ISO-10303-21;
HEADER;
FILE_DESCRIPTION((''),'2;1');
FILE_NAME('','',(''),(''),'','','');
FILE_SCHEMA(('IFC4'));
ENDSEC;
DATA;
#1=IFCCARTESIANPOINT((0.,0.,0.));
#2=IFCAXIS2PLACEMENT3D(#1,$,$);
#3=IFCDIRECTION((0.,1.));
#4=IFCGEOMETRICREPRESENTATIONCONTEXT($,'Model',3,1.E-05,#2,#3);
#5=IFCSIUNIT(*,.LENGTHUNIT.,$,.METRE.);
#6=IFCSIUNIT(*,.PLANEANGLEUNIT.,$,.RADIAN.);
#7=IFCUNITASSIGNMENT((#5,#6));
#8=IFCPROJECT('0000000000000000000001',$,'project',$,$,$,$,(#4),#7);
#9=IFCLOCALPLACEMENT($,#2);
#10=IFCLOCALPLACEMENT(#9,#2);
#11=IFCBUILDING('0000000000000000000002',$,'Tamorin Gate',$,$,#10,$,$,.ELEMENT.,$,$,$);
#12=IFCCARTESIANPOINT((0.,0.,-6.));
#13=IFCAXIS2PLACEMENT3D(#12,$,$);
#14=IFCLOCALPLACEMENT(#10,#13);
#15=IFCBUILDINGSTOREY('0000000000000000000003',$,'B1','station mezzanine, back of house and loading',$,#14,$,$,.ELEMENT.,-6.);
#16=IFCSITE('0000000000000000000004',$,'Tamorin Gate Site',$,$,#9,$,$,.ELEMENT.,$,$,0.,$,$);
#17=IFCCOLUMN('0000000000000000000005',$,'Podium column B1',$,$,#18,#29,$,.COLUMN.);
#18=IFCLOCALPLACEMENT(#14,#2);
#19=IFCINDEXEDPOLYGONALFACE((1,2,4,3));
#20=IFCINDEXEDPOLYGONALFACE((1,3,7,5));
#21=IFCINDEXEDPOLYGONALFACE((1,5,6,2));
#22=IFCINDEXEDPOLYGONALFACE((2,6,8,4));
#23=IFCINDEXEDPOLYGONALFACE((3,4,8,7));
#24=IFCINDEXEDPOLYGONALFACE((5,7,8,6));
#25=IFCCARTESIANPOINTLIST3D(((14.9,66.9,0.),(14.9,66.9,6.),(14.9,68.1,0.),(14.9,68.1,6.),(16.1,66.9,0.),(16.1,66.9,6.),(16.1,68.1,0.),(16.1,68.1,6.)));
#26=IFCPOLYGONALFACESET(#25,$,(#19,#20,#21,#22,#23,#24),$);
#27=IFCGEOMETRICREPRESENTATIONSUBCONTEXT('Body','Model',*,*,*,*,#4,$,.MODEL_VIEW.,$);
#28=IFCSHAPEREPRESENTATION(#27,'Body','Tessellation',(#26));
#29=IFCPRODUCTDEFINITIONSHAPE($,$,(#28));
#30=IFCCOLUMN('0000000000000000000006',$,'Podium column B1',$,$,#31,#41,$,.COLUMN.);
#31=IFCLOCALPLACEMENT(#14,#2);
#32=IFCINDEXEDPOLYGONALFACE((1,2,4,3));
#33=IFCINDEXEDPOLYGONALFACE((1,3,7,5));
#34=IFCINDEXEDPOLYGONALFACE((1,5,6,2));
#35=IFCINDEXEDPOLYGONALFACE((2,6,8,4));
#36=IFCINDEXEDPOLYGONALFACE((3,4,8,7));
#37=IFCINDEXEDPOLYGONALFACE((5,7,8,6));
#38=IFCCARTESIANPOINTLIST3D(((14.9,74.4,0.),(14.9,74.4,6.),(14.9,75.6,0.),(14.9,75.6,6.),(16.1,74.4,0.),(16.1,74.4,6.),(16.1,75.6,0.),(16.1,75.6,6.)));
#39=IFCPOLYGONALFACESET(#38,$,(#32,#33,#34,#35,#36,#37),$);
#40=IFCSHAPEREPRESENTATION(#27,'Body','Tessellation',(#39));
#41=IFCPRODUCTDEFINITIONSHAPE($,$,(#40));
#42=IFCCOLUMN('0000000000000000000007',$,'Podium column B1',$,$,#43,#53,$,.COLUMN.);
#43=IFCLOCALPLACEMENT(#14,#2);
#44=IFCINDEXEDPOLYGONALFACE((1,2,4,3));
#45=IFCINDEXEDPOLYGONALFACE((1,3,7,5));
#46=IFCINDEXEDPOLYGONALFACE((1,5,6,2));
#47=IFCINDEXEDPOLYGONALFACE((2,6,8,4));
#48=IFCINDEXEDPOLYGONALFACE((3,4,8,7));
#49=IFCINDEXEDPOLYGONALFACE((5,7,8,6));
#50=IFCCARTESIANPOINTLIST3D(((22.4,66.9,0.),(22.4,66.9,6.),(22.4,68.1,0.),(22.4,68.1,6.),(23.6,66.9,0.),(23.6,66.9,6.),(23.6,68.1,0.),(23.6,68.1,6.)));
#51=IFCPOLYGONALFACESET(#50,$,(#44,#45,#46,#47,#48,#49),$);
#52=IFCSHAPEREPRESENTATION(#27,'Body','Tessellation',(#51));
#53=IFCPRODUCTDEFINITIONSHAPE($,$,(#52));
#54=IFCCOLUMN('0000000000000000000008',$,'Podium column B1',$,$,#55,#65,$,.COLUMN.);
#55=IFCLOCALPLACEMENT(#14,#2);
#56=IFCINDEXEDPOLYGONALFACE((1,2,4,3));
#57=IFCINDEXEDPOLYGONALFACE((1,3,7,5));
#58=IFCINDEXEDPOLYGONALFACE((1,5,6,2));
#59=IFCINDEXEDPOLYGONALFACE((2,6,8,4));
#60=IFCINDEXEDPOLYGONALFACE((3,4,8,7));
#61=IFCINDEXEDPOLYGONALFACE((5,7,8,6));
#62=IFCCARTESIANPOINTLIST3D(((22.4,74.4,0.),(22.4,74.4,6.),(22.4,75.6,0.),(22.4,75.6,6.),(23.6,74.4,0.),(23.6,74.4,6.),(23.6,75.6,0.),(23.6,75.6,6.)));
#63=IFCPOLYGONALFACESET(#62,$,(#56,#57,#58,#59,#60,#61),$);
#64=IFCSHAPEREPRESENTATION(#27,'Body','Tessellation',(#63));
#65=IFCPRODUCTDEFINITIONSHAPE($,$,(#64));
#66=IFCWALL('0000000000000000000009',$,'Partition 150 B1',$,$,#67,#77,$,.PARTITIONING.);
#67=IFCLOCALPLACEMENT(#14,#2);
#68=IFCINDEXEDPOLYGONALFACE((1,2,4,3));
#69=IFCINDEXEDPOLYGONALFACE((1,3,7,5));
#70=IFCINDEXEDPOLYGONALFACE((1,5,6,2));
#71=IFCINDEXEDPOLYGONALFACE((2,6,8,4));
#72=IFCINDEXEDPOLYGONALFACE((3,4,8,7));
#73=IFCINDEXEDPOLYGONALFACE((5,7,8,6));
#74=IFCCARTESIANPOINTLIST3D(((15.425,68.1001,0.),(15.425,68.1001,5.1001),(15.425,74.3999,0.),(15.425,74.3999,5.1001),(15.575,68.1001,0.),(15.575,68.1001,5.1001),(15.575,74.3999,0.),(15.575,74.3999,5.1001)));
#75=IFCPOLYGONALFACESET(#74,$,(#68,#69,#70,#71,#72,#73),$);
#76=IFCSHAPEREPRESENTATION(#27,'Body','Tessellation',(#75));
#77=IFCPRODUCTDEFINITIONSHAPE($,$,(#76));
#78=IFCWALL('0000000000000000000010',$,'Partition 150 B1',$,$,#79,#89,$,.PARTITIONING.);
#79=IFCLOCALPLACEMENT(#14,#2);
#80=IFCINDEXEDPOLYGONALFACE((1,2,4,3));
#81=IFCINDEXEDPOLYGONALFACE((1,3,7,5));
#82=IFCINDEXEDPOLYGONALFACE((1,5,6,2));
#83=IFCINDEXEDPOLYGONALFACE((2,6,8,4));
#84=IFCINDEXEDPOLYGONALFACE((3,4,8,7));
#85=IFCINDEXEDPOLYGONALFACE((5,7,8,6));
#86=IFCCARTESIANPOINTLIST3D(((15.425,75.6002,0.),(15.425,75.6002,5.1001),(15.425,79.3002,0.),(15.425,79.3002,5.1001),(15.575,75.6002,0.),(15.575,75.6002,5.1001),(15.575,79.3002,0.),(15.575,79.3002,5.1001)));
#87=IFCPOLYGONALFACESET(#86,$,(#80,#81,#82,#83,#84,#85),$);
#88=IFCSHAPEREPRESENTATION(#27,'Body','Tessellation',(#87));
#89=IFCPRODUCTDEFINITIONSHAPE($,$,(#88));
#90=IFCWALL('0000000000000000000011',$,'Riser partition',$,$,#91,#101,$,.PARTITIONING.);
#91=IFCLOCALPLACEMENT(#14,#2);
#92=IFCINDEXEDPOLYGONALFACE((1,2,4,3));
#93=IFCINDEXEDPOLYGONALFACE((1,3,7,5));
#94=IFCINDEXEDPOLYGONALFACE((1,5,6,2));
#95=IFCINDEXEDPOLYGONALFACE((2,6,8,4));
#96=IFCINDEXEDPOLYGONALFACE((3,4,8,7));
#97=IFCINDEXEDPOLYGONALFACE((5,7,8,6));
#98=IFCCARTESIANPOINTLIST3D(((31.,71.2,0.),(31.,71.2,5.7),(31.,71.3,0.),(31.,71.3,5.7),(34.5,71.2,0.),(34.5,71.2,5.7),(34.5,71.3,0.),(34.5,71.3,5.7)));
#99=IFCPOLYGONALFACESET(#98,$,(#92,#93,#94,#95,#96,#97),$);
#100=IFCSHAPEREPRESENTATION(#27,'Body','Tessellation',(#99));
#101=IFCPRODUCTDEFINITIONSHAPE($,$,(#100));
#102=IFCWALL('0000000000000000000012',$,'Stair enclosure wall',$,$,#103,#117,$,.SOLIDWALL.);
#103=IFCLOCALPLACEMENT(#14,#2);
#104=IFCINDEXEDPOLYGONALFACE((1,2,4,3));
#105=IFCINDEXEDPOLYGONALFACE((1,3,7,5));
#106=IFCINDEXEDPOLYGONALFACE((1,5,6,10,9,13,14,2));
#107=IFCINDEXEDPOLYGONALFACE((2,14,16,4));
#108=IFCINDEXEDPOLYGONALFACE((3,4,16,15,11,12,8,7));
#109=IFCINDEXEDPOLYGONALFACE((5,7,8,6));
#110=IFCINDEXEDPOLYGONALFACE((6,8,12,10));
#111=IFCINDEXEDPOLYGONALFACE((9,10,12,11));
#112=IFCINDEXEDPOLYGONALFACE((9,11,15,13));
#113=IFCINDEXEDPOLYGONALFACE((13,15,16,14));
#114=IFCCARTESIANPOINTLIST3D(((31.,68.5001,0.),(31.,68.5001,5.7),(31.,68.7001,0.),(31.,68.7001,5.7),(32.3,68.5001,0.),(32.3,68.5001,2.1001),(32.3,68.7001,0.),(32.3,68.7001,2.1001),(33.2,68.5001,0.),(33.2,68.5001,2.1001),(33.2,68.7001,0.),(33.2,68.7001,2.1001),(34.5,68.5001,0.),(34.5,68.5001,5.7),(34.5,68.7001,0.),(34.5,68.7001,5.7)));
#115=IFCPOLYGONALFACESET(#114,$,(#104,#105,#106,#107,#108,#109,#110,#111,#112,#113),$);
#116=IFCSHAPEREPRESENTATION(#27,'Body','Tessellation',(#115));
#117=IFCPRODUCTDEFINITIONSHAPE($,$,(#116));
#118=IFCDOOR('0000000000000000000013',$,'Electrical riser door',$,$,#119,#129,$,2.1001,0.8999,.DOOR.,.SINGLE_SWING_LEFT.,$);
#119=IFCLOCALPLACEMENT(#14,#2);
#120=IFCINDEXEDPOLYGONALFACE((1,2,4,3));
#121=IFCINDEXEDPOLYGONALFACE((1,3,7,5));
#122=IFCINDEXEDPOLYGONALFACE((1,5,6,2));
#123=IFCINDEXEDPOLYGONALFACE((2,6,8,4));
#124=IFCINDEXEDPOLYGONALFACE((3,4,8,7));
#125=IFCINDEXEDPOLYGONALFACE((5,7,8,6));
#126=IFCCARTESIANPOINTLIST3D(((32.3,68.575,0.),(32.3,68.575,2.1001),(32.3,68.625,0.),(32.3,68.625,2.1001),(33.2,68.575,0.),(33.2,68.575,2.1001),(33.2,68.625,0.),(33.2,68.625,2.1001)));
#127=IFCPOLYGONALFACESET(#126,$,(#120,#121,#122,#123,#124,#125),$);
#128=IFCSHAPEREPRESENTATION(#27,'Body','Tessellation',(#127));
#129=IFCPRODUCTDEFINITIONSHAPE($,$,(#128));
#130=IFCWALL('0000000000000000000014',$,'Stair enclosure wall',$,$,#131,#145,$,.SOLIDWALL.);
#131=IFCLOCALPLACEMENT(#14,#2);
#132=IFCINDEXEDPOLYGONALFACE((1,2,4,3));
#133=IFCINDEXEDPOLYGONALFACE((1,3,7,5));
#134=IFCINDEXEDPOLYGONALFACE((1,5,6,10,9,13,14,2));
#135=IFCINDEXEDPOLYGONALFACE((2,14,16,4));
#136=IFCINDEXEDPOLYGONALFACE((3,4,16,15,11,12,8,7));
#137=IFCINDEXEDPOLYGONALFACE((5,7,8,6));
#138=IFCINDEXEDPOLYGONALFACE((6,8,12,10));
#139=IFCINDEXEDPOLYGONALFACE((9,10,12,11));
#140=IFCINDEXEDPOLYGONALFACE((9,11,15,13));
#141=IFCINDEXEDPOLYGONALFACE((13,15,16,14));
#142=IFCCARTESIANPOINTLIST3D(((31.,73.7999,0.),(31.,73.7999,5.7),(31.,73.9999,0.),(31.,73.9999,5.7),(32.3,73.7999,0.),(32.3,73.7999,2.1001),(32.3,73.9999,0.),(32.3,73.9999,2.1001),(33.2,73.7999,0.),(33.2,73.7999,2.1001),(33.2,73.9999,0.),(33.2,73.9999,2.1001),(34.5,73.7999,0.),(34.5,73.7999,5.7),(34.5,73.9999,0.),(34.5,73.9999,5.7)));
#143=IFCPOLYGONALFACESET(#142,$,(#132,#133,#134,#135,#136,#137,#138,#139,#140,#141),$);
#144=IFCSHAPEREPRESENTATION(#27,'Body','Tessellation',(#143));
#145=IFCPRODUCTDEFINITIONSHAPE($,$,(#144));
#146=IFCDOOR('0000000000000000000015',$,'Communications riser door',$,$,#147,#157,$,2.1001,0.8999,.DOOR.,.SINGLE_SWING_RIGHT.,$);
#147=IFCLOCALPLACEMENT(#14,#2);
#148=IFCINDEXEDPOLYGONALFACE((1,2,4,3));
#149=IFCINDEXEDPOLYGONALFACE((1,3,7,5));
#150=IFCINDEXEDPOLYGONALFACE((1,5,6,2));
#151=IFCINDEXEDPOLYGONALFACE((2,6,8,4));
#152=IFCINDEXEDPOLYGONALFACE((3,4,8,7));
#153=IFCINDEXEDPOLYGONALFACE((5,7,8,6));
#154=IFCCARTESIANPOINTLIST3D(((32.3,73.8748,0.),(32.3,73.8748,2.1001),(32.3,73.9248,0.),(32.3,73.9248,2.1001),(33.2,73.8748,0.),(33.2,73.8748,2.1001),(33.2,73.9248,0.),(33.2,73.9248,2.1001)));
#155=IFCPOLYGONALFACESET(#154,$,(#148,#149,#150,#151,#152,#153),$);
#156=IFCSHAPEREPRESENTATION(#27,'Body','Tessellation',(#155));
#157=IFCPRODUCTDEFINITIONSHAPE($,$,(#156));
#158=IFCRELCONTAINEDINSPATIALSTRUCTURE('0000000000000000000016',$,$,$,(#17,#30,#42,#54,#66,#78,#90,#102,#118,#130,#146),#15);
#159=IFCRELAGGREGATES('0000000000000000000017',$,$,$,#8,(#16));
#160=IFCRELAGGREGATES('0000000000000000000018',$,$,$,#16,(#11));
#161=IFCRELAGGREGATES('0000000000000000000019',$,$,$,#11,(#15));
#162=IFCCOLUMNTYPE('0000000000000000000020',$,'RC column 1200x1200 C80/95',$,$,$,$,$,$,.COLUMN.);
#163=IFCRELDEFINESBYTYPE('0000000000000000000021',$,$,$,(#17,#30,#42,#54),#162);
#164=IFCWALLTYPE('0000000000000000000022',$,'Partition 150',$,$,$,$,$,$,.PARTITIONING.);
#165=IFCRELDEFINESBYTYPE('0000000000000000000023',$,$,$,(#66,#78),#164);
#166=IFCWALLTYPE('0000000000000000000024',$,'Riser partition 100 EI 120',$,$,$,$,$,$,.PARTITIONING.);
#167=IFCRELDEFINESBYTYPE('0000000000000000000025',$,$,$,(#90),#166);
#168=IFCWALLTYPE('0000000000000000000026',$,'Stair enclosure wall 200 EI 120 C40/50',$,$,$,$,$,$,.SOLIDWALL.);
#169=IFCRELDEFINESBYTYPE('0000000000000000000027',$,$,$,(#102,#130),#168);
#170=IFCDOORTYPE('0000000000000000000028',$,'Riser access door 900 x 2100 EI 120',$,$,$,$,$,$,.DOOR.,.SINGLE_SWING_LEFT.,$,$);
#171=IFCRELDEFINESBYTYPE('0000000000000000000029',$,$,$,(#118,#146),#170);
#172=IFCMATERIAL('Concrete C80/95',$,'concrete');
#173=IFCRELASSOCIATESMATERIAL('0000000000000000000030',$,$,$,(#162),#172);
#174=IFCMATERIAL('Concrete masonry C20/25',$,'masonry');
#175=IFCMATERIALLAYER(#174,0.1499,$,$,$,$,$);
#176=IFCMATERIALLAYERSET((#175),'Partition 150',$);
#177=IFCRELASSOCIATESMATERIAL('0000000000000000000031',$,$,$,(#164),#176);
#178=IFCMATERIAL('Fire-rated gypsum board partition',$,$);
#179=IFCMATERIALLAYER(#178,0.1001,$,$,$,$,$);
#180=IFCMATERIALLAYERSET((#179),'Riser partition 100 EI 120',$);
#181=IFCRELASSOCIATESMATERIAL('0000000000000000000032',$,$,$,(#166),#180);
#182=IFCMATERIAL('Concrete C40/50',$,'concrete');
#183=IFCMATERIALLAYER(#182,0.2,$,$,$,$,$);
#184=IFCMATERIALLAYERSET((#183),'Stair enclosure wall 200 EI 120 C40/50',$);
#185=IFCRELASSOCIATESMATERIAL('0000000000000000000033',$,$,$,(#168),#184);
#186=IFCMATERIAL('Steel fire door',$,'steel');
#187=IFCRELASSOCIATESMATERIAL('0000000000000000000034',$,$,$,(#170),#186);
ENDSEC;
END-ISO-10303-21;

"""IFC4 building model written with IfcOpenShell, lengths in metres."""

from ifc_helpers import new_model, si_unit, direction, frame, frame_2d, origin, origin_2d, place, context, subcontext, project, spatial, rectangle, extrude, material, layer, layer_set, material_profile, profile_set, type_object, element, fill, save


model = new_model("IFC4")

# Units and contexts
model_context = context("Model", 3, precision=1e-05, world=origin(), true_north=direction((0.0, 1.0)))
body_context = subcontext(model_context, "Body", "Model", "MODEL_VIEW")
ifc_project = project(units=[si_unit("LENGTHUNIT", "METRE"), si_unit("PLANEANGLEUNIT", "RADIAN")], contexts=[model_context])

# Site, building, storey
site_placement = place(None, origin())
site = spatial("IfcSite", under=ifc_project, at=site_placement, Name="Tamorin Gate Site", CompositionType="ELEMENT", RefElevation=0.0)
building_placement = place(site_placement, origin())
building = spatial("IfcBuilding", under=site, at=building_placement, Name="Tamorin Gate", CompositionType="ELEMENT")
storey_placement = place(building_placement, frame((0.0, 0.0, -6.0)))
storey = spatial("IfcBuildingStorey", under=building, at=storey_placement, Name="B1", Description="station mezzanine, back of house and loading", CompositionType="ELEMENT", Elevation=-6.0)

# Columns
ifc_material_1 = material(Name="Concrete C80/95", Category="concrete")
ifc_material_profile = material_profile(ifc_material_1, rectangle(XDim=1.2, YDim=1.2, at=origin_2d()), Name="RC 1200x1200")
ifc_profile_set = profile_set([ifc_material_profile], Name="Concrete C80/95")
column_type = type_object("IfcColumnType", Name="RC column 1200x1200 C80/95", PredefinedType="COLUMN", material=ifc_profile_set)
for number, where, z_axis, x_axis, name in (
    (1, (15.5, 67.5, 0.0), (0.0, 0.0, 1.0), (1.0, 0.0, 0.0), "Podium column B1"),
    (2, (15.5, 75.0, 0.0), (0.0, 0.0, 1.0), (1.0, 0.0, 0.0), "Podium column B1"),
    (3, (23.0, 67.5, 0.0), (0.0, 0.0, 1.0), (1.0, 0.0, 0.0), "Podium column B1"),
    (4, (23.0, 75.0, 0.0), (0.0, 0.0, 1.0), (1.0, 0.0, 0.0), "Podium column B1"),
):
    element("IfcColumn", number, at=place(storey_placement, frame(where, z_axis=z_axis, x_axis=x_axis)), inside=storey, type_object=column_type, Name=name, PredefinedType="COLUMN", context=body_context, shape_type="SweptSolid", body=[
        extrude(rectangle(XDim=1.2, YDim=1.2, at=origin_2d()), origin(), (0.0, 0.0, 1.0), 6.0),
    ])

# Walls
ifc_material_2 = material(Name="Concrete masonry C20/25", Category="masonry")
ifc_layer_1 = layer(ifc_material_2, 0.1499)
ifc_layer_set_1 = layer_set([ifc_layer_1], Name="Partition 150")
wall_type_1 = type_object("IfcWallType", Name="Partition 150", PredefinedType="PARTITIONING", material=ifc_layer_set_1)
wall_1_placement = place(storey_placement, frame((15.5, 68.1001, 0.0), z_axis=(0.0, 0.0, 1.0), x_axis=(0.0, 1.0, 0.0)))
element("IfcWall", 5, at=wall_1_placement, inside=storey, type_object=wall_type_1, Name="Partition 150 B1", PredefinedType="PARTITIONING", context=body_context, shape_type="SweptSolid", body=[
    extrude(rectangle(XDim=6.2998, YDim=0.1499, at=frame_2d((3.1499, 0.0))), origin(), (0.0, 0.0, 1.0), 5.1001),
])
wall_2_placement = place(storey_placement, frame((15.5, 75.6001, 0.0), z_axis=(0.0, 0.0, 1.0), x_axis=(0.0, 1.0, 0.0)))
element("IfcWall", 6, at=wall_2_placement, inside=storey, type_object=wall_type_1, Name="Partition 150 B1", PredefinedType="PARTITIONING", context=body_context, shape_type="SweptSolid", body=[
    extrude(rectangle(XDim=3.7, YDim=0.1499, at=frame_2d((1.8501, 0.0))), origin(), (0.0, 0.0, 1.0), 5.1001),
])
ifc_material_3 = material(Name="Fire-rated gypsum board partition")
ifc_layer_2 = layer(ifc_material_3, 0.1001)
ifc_layer_set_2 = layer_set([ifc_layer_2], Name="Riser partition 100 EI 120")
wall_type_2 = type_object("IfcWallType", Name="Riser partition 100 EI 120", PredefinedType="PARTITIONING", material=ifc_layer_set_2)
wall_3_placement = place(storey_placement, frame((31.0, 71.25, 0.0), z_axis=(0.0, 0.0, 1.0), x_axis=(1.0, 0.0, 0.0)))
element("IfcWall", 7, at=wall_3_placement, inside=storey, type_object=wall_type_2, Name="Riser partition", PredefinedType="PARTITIONING", context=body_context, shape_type="SweptSolid", body=[
    extrude(rectangle(XDim=3.5, YDim=0.1001, at=frame_2d((1.75, 0.0))), origin(), (0.0, 0.0, 1.0), 5.7),
])

# Walls, openings, doors
ifc_material_4 = material(Name="Concrete C40/50", Category="concrete")
ifc_layer_3 = layer(ifc_material_4, 0.2)
ifc_layer_set_3 = layer_set([ifc_layer_3], Name="Stair enclosure wall 200 EI 120 C40/50")
wall_type_3 = type_object("IfcWallType", Name="Stair enclosure wall 200 EI 120 C40/50", PredefinedType="SOLIDWALL", material=ifc_layer_set_3)
wall_4_placement = place(storey_placement, frame((31.0, 68.6001, 0.0), z_axis=(0.0, 0.0, 1.0), x_axis=(1.0, 0.0, 0.0)))
wall_4 = element("IfcWall", 8, at=wall_4_placement, inside=storey, type_object=wall_type_3, Name="Stair enclosure wall", PredefinedType="SOLIDWALL", context=body_context, shape_type="SweptSolid", body=[
    extrude(rectangle(XDim=3.5, YDim=0.2, at=frame_2d((1.75, 0.0))), origin(), (0.0, 0.0, 1.0), 5.7),
])
opening_1_placement = place(wall_4_placement, frame((1.3, 0.0, 0.0)))
opening_1 = element("IfcOpeningElement", 9, at=opening_1_placement, cuts=wall_4, PredefinedType="OPENING", context=body_context, shape_type="SweptSolid", body=[
    extrude(rectangle(XDim=0.8999, YDim=2.1001, at=frame_2d((0.45, 1.05))), frame((0.0, 0.1099, 0.0), z_axis=(0.0, -1.0, 0.0), x_axis=(1.0, 0.0, 0.0)), (0.0, 0.0, 1.0), 0.22),
])
ifc_material_5 = material(Name="Steel fire door", Category="steel")
door_type = type_object("IfcDoorType", Name="Riser access door 900 x 2100 EI 120", OperationType="SINGLE_SWING_LEFT", PredefinedType="DOOR", material=ifc_material_5)
door_1_placement = place(opening_1_placement, origin())
door_1 = element("IfcDoor", 10, at=door_1_placement, inside=storey, type_object=door_type, Name="Electrical riser door", OperationType="SINGLE_SWING_LEFT", OverallHeight=2.1001, OverallWidth=0.8999, PredefinedType="DOOR", context=body_context, shape_type="SweptSolid", body=[
    extrude(rectangle(XDim=0.8999, YDim=2.1001, at=frame_2d((0.45, 1.05))), frame((0.0, 0.0249, 0.0), z_axis=(0.0, -1.0, 0.0), x_axis=(1.0, 0.0, 0.0)), (0.0, 0.0, 1.0), 0.05),
])
fill(opening_1, door_1)
wall_5_placement = place(storey_placement, frame((31.0, 73.8999, 0.0), z_axis=(0.0, 0.0, 1.0), x_axis=(1.0, 0.0, 0.0)))
wall_5 = element("IfcWall", 11, at=wall_5_placement, inside=storey, type_object=wall_type_3, Name="Stair enclosure wall", PredefinedType="SOLIDWALL", context=body_context, shape_type="SweptSolid", body=[
    extrude(rectangle(XDim=3.5, YDim=0.2, at=frame_2d((1.75, 0.0))), origin(), (0.0, 0.0, 1.0), 5.7),
])
opening_2_placement = place(wall_5_placement, frame((1.3, 0.0, 0.0)))
opening_2 = element("IfcOpeningElement", 12, at=opening_2_placement, cuts=wall_5, PredefinedType="OPENING", context=body_context, shape_type="SweptSolid", body=[
    extrude(rectangle(XDim=0.8999, YDim=2.1001, at=frame_2d((0.45, 1.05))), frame((0.0, 0.1099, 0.0), z_axis=(0.0, -1.0, 0.0), x_axis=(1.0, 0.0, 0.0)), (0.0, 0.0, 1.0), 0.22),
])
door_2_placement = place(opening_2_placement, origin())
door_2 = element("IfcDoor", 13, at=door_2_placement, inside=storey, type_object=door_type, Name="Communications riser door", OperationType="SINGLE_SWING_RIGHT", OverallHeight=2.1001, OverallWidth=0.8999, PredefinedType="DOOR", context=body_context, shape_type="SweptSolid", body=[
    extrude(rectangle(XDim=0.8999, YDim=2.1001, at=frame_2d((0.45, 1.05))), frame((0.0, 0.0249, 0.0), z_axis=(0.0, -1.0, 0.0), x_axis=(1.0, 0.0, 0.0)), (0.0, 0.0, 1.0), 0.05),
])
fill(opening_2, door_2)

save(model, "model.ifc")
